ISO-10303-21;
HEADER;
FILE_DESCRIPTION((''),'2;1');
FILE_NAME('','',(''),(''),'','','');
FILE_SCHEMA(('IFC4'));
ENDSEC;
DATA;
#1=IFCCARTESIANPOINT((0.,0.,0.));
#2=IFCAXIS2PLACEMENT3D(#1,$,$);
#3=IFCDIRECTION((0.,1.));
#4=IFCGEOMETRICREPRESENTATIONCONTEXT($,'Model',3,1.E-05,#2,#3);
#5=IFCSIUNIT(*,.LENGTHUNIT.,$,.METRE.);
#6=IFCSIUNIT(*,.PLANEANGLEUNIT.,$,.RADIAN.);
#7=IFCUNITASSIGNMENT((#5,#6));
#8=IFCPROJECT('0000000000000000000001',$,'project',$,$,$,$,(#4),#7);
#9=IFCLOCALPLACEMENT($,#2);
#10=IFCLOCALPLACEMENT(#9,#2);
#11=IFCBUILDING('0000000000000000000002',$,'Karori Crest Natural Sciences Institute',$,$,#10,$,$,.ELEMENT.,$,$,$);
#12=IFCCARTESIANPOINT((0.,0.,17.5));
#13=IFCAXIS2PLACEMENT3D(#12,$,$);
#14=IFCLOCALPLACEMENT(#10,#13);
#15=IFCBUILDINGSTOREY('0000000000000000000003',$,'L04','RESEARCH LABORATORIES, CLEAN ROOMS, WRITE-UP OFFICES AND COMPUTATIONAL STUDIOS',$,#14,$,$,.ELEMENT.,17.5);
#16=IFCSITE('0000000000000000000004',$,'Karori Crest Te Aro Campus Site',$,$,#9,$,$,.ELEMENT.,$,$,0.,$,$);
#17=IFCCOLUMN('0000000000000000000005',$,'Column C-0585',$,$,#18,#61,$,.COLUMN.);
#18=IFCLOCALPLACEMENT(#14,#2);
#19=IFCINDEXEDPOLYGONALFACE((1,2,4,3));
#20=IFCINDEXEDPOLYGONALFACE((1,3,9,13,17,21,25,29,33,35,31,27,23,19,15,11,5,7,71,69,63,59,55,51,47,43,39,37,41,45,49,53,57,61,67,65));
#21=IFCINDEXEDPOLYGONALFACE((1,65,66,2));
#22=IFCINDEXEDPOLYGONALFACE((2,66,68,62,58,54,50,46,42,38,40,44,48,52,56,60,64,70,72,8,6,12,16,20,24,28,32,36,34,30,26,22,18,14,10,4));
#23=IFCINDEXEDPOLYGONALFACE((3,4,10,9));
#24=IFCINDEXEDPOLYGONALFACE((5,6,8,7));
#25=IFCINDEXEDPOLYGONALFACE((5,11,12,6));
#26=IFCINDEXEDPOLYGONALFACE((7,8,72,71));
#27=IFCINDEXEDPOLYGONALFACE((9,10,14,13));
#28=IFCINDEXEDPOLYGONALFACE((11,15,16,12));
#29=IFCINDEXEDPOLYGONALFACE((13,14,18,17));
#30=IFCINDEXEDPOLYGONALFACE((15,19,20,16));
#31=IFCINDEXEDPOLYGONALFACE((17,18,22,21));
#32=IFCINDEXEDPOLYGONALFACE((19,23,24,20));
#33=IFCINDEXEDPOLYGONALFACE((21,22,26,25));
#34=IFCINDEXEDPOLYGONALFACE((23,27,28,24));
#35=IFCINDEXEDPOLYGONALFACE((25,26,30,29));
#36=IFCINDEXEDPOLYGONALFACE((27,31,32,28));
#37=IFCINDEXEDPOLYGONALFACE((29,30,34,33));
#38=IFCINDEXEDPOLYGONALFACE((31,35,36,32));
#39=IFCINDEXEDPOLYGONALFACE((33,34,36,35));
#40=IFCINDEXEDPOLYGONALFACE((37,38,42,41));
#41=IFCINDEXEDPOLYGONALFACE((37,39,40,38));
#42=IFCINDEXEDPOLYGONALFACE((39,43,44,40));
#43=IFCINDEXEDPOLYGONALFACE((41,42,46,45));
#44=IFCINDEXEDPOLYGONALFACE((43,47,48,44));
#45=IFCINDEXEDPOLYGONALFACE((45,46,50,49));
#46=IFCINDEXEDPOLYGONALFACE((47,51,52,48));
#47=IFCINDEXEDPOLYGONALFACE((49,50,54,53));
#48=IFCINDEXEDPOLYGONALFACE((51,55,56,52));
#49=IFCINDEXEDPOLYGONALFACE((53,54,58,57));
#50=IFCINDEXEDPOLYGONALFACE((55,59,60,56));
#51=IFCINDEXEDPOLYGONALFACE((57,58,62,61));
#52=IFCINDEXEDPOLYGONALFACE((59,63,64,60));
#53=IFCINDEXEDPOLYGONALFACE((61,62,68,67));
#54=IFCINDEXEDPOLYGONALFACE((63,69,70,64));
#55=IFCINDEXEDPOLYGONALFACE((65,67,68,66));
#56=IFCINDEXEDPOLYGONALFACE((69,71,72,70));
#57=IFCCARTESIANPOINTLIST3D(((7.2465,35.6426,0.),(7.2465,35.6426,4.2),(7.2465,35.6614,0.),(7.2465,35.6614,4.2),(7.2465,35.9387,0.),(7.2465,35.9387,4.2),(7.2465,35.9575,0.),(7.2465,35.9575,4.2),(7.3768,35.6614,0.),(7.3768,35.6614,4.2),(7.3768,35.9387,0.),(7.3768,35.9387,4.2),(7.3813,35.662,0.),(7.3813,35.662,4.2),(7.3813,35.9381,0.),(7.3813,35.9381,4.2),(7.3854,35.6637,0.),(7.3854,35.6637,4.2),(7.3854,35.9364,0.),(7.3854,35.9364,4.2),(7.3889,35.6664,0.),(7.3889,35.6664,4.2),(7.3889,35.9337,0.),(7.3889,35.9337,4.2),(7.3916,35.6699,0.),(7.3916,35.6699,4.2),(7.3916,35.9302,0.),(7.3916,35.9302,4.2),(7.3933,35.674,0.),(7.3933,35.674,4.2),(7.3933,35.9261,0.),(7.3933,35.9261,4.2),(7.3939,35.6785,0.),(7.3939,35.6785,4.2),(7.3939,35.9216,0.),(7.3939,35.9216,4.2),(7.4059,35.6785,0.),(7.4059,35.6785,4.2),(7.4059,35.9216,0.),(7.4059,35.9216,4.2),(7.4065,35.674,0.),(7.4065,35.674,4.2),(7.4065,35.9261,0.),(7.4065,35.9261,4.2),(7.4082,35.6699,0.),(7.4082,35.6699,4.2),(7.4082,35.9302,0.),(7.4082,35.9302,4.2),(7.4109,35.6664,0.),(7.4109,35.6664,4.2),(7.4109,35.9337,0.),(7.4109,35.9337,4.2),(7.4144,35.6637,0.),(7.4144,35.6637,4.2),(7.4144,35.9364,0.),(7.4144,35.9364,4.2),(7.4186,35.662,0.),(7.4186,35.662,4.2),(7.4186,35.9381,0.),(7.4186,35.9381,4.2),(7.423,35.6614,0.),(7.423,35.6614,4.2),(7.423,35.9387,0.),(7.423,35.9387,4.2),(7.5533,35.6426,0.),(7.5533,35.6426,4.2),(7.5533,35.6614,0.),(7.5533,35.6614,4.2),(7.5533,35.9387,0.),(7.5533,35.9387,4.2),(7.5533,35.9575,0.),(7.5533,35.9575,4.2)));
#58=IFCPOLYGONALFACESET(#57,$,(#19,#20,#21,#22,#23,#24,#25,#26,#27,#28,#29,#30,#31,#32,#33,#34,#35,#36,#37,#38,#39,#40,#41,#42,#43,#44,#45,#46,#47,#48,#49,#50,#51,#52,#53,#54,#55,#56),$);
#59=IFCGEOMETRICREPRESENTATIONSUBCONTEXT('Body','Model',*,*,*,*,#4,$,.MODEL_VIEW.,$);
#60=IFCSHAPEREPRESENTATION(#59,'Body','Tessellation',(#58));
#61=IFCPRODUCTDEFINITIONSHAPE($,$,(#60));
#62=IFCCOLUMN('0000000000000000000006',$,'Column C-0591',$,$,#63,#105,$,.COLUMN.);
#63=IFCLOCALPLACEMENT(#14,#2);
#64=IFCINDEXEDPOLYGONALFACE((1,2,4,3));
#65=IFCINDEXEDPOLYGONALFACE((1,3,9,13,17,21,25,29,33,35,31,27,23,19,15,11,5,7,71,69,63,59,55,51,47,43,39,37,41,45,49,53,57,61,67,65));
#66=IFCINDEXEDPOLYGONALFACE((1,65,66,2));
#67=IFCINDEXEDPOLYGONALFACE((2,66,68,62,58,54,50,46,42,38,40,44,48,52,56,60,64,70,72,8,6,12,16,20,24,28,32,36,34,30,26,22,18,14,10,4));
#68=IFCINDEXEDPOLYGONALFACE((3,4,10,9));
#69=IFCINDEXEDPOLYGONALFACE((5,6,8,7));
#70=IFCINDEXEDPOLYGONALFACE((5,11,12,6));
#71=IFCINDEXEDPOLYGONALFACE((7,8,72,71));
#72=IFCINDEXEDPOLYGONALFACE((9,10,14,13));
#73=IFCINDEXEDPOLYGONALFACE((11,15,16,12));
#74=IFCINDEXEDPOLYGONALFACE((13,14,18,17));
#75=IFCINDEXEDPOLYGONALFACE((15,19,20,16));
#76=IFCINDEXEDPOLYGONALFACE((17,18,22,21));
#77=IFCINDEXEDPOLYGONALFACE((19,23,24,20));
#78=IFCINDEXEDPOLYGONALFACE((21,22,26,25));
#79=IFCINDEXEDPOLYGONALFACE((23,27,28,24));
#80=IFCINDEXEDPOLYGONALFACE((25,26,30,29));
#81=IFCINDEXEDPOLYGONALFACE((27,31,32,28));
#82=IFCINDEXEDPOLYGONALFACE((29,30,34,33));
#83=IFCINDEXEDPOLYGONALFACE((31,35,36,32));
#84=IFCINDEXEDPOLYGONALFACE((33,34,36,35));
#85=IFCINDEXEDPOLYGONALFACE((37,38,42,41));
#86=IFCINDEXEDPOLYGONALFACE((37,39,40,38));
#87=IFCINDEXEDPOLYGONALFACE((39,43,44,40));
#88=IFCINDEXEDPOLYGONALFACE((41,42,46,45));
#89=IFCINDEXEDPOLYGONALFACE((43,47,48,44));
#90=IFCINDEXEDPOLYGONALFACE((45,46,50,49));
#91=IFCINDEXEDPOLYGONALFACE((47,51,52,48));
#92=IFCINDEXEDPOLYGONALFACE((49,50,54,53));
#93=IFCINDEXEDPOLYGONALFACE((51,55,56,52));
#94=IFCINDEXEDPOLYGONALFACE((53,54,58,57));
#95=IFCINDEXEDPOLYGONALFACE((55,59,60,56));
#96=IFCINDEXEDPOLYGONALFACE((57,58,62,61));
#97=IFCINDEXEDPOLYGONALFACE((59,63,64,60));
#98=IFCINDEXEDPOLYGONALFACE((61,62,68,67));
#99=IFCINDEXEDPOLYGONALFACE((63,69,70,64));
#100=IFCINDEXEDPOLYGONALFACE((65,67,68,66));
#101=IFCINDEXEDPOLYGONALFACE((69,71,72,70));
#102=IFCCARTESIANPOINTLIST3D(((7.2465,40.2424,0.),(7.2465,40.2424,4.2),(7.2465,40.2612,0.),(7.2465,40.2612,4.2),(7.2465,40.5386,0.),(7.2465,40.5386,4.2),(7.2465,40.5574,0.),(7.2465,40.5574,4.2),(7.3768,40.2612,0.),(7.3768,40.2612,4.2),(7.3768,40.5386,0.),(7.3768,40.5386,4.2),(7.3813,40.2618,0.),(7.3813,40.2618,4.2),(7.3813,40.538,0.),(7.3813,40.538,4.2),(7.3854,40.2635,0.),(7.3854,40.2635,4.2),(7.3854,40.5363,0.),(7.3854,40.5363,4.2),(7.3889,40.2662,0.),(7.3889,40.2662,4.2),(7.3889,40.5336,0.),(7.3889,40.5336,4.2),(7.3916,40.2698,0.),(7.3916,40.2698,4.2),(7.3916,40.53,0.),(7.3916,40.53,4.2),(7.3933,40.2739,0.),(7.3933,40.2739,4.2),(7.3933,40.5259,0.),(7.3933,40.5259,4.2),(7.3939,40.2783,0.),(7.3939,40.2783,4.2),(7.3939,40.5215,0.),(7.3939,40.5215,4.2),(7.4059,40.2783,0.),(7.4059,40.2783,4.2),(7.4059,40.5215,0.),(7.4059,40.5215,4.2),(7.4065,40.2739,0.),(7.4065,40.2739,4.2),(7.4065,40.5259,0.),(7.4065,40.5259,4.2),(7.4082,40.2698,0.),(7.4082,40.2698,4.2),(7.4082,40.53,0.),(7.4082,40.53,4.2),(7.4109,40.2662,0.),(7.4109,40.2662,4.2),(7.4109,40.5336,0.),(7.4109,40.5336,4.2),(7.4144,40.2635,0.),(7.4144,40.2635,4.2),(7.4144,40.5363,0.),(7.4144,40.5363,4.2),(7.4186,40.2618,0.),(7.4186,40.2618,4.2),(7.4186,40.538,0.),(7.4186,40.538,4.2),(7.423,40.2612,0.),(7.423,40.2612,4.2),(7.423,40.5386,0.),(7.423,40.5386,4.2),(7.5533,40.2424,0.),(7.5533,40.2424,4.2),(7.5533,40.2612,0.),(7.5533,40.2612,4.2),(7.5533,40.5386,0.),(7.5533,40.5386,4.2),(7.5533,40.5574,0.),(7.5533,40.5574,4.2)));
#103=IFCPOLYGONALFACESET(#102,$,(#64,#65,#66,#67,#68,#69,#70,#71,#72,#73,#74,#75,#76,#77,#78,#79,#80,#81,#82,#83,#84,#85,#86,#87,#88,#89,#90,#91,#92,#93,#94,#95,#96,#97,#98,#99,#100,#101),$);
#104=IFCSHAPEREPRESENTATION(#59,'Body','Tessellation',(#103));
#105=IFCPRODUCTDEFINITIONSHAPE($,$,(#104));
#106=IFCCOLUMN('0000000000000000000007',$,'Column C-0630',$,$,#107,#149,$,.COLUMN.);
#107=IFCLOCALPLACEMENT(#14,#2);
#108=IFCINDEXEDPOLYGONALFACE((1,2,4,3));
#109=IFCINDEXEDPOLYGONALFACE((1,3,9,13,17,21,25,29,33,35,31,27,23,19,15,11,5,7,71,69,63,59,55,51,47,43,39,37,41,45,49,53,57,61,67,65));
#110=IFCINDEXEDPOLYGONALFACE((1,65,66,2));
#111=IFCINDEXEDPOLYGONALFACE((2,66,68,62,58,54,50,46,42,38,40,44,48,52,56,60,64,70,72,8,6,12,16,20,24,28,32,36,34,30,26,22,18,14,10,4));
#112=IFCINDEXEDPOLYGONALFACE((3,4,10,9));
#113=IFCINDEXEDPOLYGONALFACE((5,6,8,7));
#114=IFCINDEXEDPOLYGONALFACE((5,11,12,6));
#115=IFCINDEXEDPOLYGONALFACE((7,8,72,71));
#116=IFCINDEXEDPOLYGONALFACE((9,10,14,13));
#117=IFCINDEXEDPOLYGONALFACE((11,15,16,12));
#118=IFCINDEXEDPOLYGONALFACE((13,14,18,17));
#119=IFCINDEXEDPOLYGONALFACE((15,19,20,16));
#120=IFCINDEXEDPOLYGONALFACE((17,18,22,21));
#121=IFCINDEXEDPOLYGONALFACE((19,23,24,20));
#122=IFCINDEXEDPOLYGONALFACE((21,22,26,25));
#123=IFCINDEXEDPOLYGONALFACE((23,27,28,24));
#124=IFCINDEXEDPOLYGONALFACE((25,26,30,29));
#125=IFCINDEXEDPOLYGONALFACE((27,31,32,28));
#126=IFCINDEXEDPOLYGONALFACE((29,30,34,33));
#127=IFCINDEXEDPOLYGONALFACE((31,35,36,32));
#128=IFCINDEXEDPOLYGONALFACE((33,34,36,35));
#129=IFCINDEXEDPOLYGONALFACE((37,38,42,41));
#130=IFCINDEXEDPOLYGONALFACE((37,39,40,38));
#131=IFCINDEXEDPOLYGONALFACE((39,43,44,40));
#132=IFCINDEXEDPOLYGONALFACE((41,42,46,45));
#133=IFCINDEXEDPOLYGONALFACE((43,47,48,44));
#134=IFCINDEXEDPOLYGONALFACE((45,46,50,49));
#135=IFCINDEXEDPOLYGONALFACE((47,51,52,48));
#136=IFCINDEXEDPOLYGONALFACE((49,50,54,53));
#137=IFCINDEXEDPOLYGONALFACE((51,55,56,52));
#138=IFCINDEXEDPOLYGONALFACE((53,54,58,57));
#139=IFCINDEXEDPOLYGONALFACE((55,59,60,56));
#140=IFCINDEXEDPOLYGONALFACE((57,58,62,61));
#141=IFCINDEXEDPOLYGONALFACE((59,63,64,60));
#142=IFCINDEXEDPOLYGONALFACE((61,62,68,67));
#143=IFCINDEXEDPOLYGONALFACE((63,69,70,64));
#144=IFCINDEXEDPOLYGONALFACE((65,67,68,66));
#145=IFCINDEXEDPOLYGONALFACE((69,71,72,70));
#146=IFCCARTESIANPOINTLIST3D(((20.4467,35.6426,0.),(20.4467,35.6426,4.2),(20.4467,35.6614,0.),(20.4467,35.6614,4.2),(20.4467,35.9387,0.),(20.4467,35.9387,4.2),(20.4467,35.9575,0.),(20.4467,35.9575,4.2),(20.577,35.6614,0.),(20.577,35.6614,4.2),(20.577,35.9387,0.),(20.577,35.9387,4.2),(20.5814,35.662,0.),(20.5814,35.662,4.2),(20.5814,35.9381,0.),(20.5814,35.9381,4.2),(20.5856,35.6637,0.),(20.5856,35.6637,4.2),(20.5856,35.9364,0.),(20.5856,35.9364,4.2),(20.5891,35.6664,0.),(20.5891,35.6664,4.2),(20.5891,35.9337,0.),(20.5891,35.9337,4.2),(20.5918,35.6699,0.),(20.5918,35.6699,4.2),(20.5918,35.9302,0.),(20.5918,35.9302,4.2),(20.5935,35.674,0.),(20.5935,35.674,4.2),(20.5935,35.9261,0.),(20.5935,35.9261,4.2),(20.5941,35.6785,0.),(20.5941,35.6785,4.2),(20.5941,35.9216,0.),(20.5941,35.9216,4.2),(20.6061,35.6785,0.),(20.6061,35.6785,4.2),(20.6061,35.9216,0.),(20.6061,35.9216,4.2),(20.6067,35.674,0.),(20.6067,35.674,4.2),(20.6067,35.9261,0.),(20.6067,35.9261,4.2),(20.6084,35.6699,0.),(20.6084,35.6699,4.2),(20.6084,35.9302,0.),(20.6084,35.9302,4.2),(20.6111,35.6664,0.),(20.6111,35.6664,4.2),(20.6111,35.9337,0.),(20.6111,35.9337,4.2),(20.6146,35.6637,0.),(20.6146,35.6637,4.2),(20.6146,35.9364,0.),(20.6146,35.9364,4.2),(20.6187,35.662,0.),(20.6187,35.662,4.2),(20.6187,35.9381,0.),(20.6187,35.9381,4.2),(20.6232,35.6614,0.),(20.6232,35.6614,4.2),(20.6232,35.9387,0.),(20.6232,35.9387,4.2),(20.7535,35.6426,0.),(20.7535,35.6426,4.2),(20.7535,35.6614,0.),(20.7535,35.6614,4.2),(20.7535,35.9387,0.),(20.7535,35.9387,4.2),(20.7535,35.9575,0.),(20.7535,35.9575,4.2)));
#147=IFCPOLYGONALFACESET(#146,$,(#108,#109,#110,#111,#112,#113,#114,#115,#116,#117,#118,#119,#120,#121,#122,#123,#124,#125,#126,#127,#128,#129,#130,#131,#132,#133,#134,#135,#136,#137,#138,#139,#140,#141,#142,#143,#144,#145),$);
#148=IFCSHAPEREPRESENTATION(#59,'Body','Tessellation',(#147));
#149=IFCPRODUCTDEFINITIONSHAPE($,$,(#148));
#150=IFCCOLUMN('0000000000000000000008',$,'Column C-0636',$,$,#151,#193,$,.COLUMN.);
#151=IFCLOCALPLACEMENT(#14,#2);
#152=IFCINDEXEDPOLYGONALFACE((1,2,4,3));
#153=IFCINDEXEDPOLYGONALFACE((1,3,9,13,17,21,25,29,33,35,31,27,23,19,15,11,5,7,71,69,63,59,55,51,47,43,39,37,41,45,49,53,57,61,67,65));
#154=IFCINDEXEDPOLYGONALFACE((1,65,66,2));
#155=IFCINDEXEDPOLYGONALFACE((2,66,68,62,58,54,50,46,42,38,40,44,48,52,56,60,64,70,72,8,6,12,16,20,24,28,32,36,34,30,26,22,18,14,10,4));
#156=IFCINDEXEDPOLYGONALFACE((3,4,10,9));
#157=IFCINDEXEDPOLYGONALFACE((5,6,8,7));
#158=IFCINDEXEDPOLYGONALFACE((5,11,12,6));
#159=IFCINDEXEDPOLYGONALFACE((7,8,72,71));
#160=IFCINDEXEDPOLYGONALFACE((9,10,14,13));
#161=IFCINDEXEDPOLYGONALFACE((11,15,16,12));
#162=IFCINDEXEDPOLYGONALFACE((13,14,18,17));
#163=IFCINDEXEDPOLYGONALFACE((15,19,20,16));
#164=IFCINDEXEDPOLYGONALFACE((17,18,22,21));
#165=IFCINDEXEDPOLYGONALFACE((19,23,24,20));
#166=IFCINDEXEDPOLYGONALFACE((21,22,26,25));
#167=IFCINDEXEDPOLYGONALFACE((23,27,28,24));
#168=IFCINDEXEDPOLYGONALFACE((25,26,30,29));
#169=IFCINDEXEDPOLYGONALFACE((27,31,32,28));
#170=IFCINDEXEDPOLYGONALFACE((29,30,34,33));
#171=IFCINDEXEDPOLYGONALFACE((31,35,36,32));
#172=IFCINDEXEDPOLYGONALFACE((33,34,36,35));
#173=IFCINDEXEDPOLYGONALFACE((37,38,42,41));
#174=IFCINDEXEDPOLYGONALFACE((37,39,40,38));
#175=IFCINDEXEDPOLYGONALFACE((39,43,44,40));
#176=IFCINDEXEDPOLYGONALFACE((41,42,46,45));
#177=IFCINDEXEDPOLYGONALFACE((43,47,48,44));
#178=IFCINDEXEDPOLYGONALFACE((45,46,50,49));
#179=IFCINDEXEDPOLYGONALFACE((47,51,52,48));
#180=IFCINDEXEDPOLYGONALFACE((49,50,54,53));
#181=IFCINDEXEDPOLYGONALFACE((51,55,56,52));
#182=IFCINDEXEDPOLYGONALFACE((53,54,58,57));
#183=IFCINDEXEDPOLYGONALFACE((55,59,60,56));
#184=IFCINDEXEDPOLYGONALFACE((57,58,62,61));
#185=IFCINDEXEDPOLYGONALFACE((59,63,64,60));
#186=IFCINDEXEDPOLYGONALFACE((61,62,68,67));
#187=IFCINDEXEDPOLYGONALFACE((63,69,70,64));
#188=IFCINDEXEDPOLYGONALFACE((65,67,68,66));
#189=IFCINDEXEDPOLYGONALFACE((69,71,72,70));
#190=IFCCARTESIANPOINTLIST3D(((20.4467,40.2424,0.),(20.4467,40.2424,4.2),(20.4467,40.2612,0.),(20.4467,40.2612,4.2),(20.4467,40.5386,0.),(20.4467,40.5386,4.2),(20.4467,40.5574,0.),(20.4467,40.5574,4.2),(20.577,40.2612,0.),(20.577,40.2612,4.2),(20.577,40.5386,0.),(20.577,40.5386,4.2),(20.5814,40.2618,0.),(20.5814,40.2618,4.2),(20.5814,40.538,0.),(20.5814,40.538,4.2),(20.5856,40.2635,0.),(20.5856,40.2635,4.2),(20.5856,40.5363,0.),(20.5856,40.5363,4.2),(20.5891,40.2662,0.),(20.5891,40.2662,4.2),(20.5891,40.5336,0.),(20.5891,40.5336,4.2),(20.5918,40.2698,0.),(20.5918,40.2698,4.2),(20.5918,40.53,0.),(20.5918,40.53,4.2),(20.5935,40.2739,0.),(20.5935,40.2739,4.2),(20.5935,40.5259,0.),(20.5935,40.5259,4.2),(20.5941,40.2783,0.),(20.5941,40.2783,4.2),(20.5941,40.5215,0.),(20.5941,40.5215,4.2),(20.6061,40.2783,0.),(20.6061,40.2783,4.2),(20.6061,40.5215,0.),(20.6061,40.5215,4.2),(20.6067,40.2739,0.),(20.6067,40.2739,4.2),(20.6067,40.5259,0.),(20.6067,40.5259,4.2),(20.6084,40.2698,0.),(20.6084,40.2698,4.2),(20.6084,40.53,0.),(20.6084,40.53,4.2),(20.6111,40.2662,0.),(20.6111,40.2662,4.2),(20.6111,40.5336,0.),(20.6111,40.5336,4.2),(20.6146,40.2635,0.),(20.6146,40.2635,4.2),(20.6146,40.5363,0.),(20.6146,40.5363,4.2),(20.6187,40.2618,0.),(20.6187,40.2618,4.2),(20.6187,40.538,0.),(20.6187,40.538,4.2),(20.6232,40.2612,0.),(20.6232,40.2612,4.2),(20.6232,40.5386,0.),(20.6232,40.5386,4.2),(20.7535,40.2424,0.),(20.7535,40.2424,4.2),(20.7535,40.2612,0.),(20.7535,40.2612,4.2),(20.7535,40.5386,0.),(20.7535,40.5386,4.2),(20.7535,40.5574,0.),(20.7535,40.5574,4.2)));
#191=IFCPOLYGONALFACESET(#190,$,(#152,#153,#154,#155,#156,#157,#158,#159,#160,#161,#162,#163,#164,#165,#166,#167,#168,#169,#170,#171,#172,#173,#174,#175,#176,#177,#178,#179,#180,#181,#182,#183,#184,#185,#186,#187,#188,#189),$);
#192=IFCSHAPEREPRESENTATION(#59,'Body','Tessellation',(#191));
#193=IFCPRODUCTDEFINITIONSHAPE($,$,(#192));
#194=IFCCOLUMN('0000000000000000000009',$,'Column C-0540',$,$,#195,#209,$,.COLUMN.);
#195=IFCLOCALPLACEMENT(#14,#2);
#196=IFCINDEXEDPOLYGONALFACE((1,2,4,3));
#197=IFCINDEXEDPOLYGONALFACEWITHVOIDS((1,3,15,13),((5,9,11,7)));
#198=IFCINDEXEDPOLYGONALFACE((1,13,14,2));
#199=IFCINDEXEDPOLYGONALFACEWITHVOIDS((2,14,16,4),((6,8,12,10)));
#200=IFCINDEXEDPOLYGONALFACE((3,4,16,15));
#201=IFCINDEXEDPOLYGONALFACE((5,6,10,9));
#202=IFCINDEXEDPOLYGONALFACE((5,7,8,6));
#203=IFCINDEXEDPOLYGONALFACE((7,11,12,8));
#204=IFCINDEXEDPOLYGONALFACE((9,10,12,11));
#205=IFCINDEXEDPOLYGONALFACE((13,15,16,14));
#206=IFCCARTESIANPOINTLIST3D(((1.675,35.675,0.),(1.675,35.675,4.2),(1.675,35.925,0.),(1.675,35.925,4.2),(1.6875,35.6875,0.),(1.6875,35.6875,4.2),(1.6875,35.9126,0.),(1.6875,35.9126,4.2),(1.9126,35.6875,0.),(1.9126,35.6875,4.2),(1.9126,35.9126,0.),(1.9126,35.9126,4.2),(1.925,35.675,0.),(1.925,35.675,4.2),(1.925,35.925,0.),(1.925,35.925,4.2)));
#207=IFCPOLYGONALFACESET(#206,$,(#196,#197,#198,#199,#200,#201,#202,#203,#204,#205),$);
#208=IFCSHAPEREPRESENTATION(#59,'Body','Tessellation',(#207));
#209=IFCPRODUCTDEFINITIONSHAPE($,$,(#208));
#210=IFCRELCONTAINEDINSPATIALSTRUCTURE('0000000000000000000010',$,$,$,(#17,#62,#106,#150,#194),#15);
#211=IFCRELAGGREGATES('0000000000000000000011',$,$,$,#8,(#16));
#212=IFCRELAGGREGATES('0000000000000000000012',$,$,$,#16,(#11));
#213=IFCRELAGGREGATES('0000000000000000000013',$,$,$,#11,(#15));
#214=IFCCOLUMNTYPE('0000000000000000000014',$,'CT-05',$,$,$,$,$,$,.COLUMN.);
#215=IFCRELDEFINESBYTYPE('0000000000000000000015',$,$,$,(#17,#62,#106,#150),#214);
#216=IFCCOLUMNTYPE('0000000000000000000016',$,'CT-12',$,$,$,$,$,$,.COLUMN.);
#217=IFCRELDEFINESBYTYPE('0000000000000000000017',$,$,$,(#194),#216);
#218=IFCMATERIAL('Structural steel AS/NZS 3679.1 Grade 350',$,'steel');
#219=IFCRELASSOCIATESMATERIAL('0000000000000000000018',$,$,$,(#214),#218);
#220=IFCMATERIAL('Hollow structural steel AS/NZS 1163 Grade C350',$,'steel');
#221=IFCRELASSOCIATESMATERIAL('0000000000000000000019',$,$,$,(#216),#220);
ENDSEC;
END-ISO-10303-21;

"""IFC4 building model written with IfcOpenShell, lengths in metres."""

from ifc_helpers import new_model, si_unit, direction, frame, origin, origin_2d, place, context, subcontext, project, spatial, hollow_rectangle, i_section, extrude, material, material_profile, profile_set, type_object, element, save


model = new_model("IFC4")

# Units and contexts
model_context = context("Model", 3, precision=1e-05, world=origin(), true_north=direction((0.0, 1.0)))
body_context = subcontext(model_context, "Body", "Model", "MODEL_VIEW")
ifc_project = project(units=[si_unit("LENGTHUNIT", "METRE"), si_unit("PLANEANGLEUNIT", "RADIAN")], contexts=[model_context])

# Site, building, storey
site_placement = place(None, origin())
site = spatial("IfcSite", under=ifc_project, at=site_placement, Name="Karori Crest Te Aro Campus Site", CompositionType="ELEMENT", RefElevation=0.0)
building_placement = place(site_placement, origin())
building = spatial("IfcBuilding", under=site, at=building_placement, Name="Karori Crest Natural Sciences Institute", CompositionType="ELEMENT")
storey_placement = place(building_placement, frame((0.0, 0.0, 17.5)))
storey = spatial("IfcBuildingStorey", under=building, at=storey_placement, Name="L04", Description="RESEARCH LABORATORIES, CLEAN ROOMS, WRITE-UP OFFICES AND COMPUTATIONAL STUDIOS", CompositionType="ELEMENT", Elevation=17.5)

# Columns
ifc_material_1 = material(Name="Structural steel AS/NZS 3679.1 Grade 350", Category="steel")
ifc_material_profile_1 = material_profile(ifc_material_1, i_section(OverallWidth=0.3069, OverallDepth=0.3149, WebThickness=0.012, FlangeThickness=0.0188, FilletRadius=0.0171, at=origin_2d()), Name="310UC118")
ifc_profile_set_1 = profile_set([ifc_material_profile_1], Name="Structural steel AS/NZS 3679.1 Grade 350")
column_type_1 = type_object("IfcColumnType", Name="CT-05", PredefinedType="COLUMN", material=ifc_profile_set_1)
for number, where, z_axis, x_axis, name in (
    (1, (7.3999, 35.8, 0.0), (0.0, 0.0, 1.0), (1.0, 0.0, 0.0), "Column C-0585"),
    (2, (7.3999, 40.3999, 0.0), (0.0, 0.0, 1.0), (1.0, 0.0, 0.0), "Column C-0591"),
    (3, (20.6001, 35.8, 0.0), (0.0, 0.0, 1.0), (1.0, 0.0, 0.0), "Column C-0630"),
    (4, (20.6001, 40.3999, 0.0), (0.0, 0.0, 1.0), (1.0, 0.0, 0.0), "Column C-0636"),
):
    element("IfcColumn", number, at=place(storey_placement, frame(where, z_axis=z_axis, x_axis=x_axis)), inside=storey, type_object=column_type_1, Name=name, PredefinedType="COLUMN", context=body_context, shape_type="SweptSolid", body=[
        extrude(i_section(OverallWidth=0.3069, OverallDepth=0.3149, WebThickness=0.012, FlangeThickness=0.0188, FilletRadius=0.0171, at=origin_2d()), origin(), (0.0, 0.0, 1.0), 4.2),
    ])
ifc_material_2 = material(Name="Hollow structural steel AS/NZS 1163 Grade C350", Category="steel")
ifc_material_profile_2 = material_profile(ifc_material_2, hollow_rectangle(XDim=0.25, YDim=0.25, WallThickness=0.0125, at=origin_2d()), Name="SHS250x250x12.5")
ifc_profile_set_2 = profile_set([ifc_material_profile_2], Name="Hollow structural steel AS/NZS 1163 Grade C350")
column_type_2 = type_object("IfcColumnType", Name="CT-12", PredefinedType="COLUMN", material=ifc_profile_set_2)
for number, where, z_axis, x_axis, name in (
    (5, (1.8, 35.8, 0.0), (0.0, 0.0, 1.0), (1.0, 0.0, 0.0), "Column C-0540"),
):
    element("IfcColumn", number, at=place(storey_placement, frame(where, z_axis=z_axis, x_axis=x_axis)), inside=storey, type_object=column_type_2, Name=name, PredefinedType="COLUMN", context=body_context, shape_type="SweptSolid", body=[
        extrude(hollow_rectangle(XDim=0.25, YDim=0.25, WallThickness=0.0125, at=origin_2d()), origin(), (0.0, 0.0, 1.0), 4.2),
    ])

save(model, "model.ifc")
